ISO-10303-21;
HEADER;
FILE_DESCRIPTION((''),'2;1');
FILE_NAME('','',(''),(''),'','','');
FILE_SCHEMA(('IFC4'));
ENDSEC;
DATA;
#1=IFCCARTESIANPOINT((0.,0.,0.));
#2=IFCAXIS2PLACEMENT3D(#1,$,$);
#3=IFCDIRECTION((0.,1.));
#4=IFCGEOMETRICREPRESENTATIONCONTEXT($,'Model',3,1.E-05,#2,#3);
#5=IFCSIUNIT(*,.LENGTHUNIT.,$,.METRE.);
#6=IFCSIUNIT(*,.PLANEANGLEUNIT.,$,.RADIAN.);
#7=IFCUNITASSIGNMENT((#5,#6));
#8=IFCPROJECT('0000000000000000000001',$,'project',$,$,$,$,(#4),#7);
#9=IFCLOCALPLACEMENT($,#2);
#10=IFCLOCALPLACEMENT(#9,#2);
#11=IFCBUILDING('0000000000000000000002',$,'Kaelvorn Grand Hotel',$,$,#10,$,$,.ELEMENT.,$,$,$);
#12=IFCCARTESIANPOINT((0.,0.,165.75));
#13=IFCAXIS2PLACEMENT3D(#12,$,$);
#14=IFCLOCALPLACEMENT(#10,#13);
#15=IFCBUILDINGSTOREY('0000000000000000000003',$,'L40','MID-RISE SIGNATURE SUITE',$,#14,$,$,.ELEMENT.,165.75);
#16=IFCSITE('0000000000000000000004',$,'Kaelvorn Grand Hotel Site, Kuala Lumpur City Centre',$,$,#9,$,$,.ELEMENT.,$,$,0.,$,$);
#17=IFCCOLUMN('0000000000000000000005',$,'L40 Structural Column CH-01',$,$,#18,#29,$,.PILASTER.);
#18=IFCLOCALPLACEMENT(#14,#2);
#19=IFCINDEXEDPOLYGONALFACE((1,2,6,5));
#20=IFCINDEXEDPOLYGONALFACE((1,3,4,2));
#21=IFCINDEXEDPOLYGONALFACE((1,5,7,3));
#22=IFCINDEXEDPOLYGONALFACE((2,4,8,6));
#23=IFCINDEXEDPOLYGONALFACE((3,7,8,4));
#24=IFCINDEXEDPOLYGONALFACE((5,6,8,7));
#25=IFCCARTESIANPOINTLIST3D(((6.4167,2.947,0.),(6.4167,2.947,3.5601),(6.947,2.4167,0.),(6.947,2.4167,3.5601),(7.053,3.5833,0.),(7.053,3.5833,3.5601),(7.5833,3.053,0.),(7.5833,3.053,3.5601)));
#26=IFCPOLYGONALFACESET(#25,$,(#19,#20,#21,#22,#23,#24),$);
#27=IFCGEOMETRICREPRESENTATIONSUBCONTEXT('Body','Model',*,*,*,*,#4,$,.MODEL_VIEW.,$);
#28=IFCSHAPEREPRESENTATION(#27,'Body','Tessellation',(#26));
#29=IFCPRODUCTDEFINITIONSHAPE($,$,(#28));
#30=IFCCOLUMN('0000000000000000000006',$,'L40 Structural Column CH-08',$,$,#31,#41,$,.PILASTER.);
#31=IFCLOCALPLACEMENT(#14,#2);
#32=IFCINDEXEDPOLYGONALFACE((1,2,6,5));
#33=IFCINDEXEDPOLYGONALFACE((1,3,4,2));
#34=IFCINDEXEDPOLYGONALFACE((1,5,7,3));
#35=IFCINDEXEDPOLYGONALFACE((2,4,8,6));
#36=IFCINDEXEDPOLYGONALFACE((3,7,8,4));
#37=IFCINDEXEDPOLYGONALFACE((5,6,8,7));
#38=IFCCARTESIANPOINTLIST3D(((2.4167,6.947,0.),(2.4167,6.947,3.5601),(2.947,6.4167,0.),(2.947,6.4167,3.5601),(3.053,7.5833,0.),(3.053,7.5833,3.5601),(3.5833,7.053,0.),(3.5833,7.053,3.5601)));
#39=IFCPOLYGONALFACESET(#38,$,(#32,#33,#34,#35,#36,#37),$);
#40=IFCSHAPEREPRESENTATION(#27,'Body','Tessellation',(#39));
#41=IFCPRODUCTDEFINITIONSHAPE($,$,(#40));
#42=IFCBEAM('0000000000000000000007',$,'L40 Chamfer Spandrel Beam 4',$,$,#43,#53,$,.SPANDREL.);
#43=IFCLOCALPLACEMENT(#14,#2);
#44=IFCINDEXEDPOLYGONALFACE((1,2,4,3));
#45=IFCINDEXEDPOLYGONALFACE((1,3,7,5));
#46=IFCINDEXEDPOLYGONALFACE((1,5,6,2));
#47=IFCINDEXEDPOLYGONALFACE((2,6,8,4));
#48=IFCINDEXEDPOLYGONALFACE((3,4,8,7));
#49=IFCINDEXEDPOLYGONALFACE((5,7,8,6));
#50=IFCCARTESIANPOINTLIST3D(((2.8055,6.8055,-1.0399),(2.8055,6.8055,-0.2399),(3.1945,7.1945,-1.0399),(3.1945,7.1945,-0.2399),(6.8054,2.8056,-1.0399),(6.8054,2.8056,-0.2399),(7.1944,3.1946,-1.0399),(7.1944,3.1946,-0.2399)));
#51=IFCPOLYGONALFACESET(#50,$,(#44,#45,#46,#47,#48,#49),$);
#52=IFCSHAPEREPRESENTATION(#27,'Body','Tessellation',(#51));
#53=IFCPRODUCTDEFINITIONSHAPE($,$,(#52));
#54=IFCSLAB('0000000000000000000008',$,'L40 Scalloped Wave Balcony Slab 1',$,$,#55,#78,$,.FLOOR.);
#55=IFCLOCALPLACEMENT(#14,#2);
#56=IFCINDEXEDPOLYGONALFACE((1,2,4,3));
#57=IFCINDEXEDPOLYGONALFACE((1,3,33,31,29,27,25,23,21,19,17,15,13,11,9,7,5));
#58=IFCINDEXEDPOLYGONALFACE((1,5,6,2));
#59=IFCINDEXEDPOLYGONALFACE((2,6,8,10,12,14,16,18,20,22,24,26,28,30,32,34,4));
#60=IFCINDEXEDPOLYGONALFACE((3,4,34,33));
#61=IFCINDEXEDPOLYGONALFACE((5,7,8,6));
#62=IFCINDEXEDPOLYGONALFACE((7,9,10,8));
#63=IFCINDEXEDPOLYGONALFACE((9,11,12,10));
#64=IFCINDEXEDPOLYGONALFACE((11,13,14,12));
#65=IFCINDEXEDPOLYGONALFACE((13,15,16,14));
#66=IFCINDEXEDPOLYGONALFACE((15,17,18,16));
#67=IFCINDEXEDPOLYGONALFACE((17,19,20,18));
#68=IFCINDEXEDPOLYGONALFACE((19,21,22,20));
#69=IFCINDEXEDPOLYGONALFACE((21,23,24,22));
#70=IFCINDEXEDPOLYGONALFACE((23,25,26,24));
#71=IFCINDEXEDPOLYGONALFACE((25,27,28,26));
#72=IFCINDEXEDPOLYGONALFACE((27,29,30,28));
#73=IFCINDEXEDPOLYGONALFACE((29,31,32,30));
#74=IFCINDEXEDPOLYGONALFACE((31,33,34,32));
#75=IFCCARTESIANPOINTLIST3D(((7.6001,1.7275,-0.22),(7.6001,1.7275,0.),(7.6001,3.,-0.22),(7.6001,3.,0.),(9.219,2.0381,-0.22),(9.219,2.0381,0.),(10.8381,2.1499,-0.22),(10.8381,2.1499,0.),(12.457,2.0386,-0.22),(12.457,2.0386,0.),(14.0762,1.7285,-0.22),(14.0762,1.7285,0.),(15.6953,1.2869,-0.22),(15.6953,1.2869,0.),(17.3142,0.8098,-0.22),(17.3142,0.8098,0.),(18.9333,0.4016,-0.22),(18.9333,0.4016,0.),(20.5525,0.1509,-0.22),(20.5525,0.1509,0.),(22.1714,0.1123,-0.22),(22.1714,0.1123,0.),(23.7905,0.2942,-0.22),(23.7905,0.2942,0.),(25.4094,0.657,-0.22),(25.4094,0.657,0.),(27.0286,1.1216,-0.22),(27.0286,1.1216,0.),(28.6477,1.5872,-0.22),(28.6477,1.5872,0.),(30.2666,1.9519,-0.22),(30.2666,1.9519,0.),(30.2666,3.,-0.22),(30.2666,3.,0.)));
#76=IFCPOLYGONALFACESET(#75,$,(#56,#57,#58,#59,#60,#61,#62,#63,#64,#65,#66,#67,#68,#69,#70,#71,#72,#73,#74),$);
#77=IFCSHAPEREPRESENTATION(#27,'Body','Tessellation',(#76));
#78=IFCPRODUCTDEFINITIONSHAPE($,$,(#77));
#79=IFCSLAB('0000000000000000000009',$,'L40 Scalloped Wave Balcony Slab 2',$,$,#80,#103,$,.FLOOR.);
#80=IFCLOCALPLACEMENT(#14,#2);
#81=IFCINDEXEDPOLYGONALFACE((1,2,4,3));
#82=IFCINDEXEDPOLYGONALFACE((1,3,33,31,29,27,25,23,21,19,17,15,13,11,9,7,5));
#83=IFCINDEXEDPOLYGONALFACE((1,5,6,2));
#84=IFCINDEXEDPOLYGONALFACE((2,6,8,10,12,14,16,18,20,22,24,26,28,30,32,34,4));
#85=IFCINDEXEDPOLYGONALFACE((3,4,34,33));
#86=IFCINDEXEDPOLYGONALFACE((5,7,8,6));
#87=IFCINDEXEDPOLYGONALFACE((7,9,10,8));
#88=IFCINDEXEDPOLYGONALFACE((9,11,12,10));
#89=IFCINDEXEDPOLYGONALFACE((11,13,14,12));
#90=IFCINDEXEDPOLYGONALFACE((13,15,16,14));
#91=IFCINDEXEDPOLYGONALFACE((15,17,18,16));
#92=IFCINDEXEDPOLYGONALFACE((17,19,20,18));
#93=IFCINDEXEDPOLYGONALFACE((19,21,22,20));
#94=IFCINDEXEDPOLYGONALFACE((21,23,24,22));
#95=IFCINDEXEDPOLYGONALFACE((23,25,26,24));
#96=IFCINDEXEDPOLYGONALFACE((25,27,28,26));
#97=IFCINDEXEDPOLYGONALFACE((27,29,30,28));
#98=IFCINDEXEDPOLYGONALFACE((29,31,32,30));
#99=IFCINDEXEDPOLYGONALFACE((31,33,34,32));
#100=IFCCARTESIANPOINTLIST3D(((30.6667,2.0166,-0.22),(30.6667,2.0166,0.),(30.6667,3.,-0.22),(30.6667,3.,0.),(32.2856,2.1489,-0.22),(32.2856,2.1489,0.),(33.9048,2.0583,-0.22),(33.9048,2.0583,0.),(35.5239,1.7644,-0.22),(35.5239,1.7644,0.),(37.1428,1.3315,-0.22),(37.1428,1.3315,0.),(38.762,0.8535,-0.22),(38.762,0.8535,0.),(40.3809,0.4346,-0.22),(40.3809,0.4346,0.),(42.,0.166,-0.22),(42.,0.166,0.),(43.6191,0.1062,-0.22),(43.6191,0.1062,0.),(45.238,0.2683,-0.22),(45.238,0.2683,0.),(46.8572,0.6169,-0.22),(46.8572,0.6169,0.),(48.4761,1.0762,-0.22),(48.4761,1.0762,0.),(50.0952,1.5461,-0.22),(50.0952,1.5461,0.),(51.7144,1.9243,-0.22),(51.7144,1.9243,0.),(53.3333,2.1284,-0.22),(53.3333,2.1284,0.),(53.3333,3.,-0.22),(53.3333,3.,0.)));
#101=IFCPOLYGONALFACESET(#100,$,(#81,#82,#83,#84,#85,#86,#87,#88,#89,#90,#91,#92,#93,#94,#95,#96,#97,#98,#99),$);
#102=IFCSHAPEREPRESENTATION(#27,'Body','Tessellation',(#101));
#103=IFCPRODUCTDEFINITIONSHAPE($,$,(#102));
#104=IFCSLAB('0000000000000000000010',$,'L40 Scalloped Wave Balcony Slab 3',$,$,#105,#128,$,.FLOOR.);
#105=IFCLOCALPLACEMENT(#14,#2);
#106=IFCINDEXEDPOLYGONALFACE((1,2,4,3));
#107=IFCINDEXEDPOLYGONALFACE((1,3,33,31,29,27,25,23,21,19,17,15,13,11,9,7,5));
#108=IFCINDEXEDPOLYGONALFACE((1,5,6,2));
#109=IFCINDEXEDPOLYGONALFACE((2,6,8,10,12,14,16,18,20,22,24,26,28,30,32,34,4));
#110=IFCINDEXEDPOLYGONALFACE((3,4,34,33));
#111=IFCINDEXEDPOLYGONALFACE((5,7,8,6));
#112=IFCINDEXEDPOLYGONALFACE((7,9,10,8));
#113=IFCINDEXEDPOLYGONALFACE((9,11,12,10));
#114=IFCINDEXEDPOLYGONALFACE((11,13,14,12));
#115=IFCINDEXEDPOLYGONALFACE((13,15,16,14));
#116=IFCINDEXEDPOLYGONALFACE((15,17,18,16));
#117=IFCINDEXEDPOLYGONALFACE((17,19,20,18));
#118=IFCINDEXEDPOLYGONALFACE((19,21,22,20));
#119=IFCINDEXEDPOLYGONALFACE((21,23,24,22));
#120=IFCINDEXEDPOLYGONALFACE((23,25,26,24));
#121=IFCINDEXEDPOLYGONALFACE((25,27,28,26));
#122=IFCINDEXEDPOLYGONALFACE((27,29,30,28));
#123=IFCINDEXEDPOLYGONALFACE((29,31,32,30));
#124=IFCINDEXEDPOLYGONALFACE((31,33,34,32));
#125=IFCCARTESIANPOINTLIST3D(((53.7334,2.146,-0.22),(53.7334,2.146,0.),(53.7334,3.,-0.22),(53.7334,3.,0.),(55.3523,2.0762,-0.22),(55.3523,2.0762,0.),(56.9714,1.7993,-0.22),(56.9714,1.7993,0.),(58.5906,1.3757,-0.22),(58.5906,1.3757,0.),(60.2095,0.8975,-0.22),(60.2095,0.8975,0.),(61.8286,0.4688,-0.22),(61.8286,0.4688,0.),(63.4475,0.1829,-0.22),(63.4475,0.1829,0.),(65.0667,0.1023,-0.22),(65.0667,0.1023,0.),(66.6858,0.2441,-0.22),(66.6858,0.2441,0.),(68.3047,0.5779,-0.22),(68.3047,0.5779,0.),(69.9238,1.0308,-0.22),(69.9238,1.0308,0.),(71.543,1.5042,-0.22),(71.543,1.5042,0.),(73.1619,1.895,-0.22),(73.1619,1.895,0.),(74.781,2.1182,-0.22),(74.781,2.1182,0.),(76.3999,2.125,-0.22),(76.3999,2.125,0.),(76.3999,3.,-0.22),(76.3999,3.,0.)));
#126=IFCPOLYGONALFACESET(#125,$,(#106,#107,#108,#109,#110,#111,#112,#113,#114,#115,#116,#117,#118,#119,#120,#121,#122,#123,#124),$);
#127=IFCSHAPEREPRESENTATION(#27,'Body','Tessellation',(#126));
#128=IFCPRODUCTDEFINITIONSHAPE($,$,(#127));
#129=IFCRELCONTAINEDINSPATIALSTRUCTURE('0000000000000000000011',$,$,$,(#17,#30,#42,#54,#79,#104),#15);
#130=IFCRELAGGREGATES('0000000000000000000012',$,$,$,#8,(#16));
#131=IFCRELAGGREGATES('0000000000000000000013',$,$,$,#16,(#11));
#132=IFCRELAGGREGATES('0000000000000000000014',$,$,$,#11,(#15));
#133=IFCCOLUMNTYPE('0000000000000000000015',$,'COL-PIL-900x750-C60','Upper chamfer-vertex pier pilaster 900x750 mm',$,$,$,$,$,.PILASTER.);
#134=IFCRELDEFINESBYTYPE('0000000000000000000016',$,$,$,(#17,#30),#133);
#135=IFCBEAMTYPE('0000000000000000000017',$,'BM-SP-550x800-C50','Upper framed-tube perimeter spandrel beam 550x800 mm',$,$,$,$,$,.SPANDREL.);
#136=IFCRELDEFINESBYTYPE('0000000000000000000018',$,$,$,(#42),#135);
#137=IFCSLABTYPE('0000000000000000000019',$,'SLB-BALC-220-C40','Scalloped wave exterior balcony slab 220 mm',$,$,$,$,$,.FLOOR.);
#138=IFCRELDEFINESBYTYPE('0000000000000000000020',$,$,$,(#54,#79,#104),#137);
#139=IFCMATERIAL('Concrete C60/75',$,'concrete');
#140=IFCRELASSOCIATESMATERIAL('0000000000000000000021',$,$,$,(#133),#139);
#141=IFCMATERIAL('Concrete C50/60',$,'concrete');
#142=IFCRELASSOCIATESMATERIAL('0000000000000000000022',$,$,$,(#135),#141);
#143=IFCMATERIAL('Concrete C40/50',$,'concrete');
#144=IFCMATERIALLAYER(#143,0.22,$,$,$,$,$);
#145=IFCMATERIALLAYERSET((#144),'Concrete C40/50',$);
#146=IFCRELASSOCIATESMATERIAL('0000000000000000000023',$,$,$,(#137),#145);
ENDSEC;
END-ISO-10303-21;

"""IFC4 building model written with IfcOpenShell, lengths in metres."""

from ifc_helpers import new_model, si_unit, direction, frame, origin, origin_2d, place, context, subcontext, project, spatial, polyline, rectangle, outline, extrude, material, layer, layer_set, material_profile, profile_set, type_object, element, save


model = new_model("IFC4")

# Units and contexts
model_context = context("Model", 3, precision=1e-05, world=origin(), true_north=direction((0.0, 1.0)))
body_context = subcontext(model_context, "Body", "Model", "MODEL_VIEW")
ifc_project = project(units=[si_unit("LENGTHUNIT", "METRE"), si_unit("PLANEANGLEUNIT", "RADIAN")], contexts=[model_context])

# Site, building, storey
site_placement = place(None, origin())
site = spatial("IfcSite", under=ifc_project, at=site_placement, Name="Kaelvorn Grand Hotel Site, Kuala Lumpur City Centre", CompositionType="ELEMENT", RefElevation=0.0)
building_placement = place(site_placement, origin())
building = spatial("IfcBuilding", under=site, at=building_placement, Name="Kaelvorn Grand Hotel", CompositionType="ELEMENT")
storey_placement = place(building_placement, frame((0.0, 0.0, 165.75)))
storey = spatial("IfcBuildingStorey", under=building, at=storey_placement, Name="L40", Description="MID-RISE SIGNATURE SUITE", CompositionType="ELEMENT", Elevation=165.75)

# Columns
ifc_material_1 = material(Name="Concrete C60/75", Category="concrete")
ifc_material_profile_1 = material_profile(ifc_material_1, rectangle(XDim=0.8999, YDim=0.75, at=origin_2d()), Name="RC PILASTER 900x750")
ifc_profile_set_1 = profile_set([ifc_material_profile_1], Name="Concrete C60/75")
column_type = type_object("IfcColumnType", Name="COL-PIL-900x750-C60", Description="Upper chamfer-vertex pier pilaster 900x750 mm", PredefinedType="PILASTER", material=ifc_profile_set_1)
for number, where, z_axis, x_axis, name in (
    (1, (7.0, 3.0, 0.0), (0.0, 0.0, 1.0), (0.707107, 0.707107, 0.0), "L40 Structural Column CH-01"),
    (2, (3.0, 7.0, 0.0), (0.0, 0.0, 1.0), (0.707107, 0.707107, 0.0), "L40 Structural Column CH-08"),
):
    element("IfcColumn", number, at=place(storey_placement, frame(where, z_axis=z_axis, x_axis=x_axis)), inside=storey, type_object=column_type, Name=name, PredefinedType="PILASTER", context=body_context, shape_type="SweptSolid", body=[
        extrude(rectangle(XDim=0.8999, YDim=0.75, at=origin_2d()), origin(), (0.0, 0.0, 1.0), 3.5601),
    ])

# Beam
ifc_material_2 = material(Name="Concrete C50/60", Category="concrete")
ifc_material_profile_2 = material_profile(ifc_material_2, rectangle(XDim=0.55, YDim=0.8, at=origin_2d()), Name="RC SPANDREL 550x800")
ifc_profile_set_2 = profile_set([ifc_material_profile_2], Name="Concrete C50/60")
beam_type = type_object("IfcBeamType", Name="BM-SP-550x800-C50", Description="Upper framed-tube perimeter spandrel beam 550x800 mm", PredefinedType="SPANDREL", material=ifc_profile_set_2)
beam_placement = place(storey_placement, frame((3.0, 7.0, -0.6399), z_axis=(0.707107, -0.707107, 0.0), x_axis=(0.707107, 0.707107, 0.0)))
element("IfcBeam", 3, at=beam_placement, inside=storey, type_object=beam_type, Name="L40 Chamfer Spandrel Beam 4", PredefinedType="SPANDREL", context=body_context, shape_type="SweptSolid", body=[
    extrude(rectangle(XDim=0.55, YDim=0.8, at=origin_2d()), origin(), (0.0, 0.0, 1.0), 5.6567),
])

# Slabs
ifc_material_3 = material(Name="Concrete C40/50", Category="concrete")
ifc_layer_1 = layer(ifc_material_3, 0.22)
ifc_layer_set_1 = layer_set([ifc_layer_1], Name="Concrete C40/50")
slab_type_1 = type_object("IfcSlabType", Name="SLB-BALC-220-C40", Description="Scalloped wave exterior balcony slab 220 mm", PredefinedType="FLOOR", material=ifc_layer_set_1)
slab_1_placement = place(storey_placement, frame((0.0, 0.0, -0.22)))
element("IfcSlab", 4, at=slab_1_placement, inside=storey, type_object=slab_type_1, Name="L40 Scalloped Wave Balcony Slab 1", PredefinedType="FLOOR", context=body_context, shape_type="SweptSolid", body=[
    extrude(outline(polyline([(7.6001, 1.7275), (9.219, 2.0381), (10.8381, 2.1499), (12.457, 2.0386), (14.0762, 1.7285), (15.6953, 1.2869), (17.3142, 0.8098), (18.9333, 0.4016), (20.5525, 0.1509), (22.1714, 0.1123), (23.7905, 0.2942), (25.4094, 0.657), (27.0286, 1.1216), (28.6477, 1.5872), (30.2666, 1.9519), (30.2666, 3.0), (7.6001, 3.0), (7.6001, 1.7275)])), origin(), (0.0, 0.0, 1.0), 0.22),
])
slab_2_placement = place(storey_placement, frame((0.0, 0.0, -0.22)))
element("IfcSlab", 5, at=slab_2_placement, inside=storey, type_object=slab_type_1, Name="L40 Scalloped Wave Balcony Slab 2", PredefinedType="FLOOR", context=body_context, shape_type="SweptSolid", body=[
    extrude(outline(polyline([(30.6667, 2.0166), (32.2856, 2.1489), (33.9048, 2.0583), (35.5239, 1.7644), (37.1428, 1.3315), (38.762, 0.8535), (40.3809, 0.4346), (42.0, 0.166), (43.6191, 0.1062), (45.238, 0.2683), (46.8572, 0.6169), (48.4761, 1.0762), (50.0952, 1.5461), (51.7144, 1.9243), (53.3333, 2.1284), (53.3333, 3.0), (30.6667, 3.0), (30.6667, 2.0166)])), origin(), (0.0, 0.0, 1.0), 0.22),
])
slab_3_placement = place(storey_placement, frame((0.0, 0.0, -0.22)))
element("IfcSlab", 6, at=slab_3_placement, inside=storey, type_object=slab_type_1, Name="L40 Scalloped Wave Balcony Slab 3", PredefinedType="FLOOR", context=body_context, shape_type="SweptSolid", body=[
    extrude(outline(polyline([(53.7334, 2.146), (55.3523, 2.0762), (56.9714, 1.7993), (58.5906, 1.3757), (60.2095, 0.8975), (61.8286, 0.4688), (63.4475, 0.1829), (65.0667, 0.1023), (66.6858, 0.2441), (68.3047, 0.5779), (69.9238, 1.0308), (71.543, 1.5042), (73.1619, 1.895), (74.781, 2.1182), (76.3999, 2.125), (76.3999, 3.0), (53.7334, 3.0), (53.7334, 2.146)])), origin(), (0.0, 0.0, 1.0), 0.22),
])

save(model, "model.ifc")
